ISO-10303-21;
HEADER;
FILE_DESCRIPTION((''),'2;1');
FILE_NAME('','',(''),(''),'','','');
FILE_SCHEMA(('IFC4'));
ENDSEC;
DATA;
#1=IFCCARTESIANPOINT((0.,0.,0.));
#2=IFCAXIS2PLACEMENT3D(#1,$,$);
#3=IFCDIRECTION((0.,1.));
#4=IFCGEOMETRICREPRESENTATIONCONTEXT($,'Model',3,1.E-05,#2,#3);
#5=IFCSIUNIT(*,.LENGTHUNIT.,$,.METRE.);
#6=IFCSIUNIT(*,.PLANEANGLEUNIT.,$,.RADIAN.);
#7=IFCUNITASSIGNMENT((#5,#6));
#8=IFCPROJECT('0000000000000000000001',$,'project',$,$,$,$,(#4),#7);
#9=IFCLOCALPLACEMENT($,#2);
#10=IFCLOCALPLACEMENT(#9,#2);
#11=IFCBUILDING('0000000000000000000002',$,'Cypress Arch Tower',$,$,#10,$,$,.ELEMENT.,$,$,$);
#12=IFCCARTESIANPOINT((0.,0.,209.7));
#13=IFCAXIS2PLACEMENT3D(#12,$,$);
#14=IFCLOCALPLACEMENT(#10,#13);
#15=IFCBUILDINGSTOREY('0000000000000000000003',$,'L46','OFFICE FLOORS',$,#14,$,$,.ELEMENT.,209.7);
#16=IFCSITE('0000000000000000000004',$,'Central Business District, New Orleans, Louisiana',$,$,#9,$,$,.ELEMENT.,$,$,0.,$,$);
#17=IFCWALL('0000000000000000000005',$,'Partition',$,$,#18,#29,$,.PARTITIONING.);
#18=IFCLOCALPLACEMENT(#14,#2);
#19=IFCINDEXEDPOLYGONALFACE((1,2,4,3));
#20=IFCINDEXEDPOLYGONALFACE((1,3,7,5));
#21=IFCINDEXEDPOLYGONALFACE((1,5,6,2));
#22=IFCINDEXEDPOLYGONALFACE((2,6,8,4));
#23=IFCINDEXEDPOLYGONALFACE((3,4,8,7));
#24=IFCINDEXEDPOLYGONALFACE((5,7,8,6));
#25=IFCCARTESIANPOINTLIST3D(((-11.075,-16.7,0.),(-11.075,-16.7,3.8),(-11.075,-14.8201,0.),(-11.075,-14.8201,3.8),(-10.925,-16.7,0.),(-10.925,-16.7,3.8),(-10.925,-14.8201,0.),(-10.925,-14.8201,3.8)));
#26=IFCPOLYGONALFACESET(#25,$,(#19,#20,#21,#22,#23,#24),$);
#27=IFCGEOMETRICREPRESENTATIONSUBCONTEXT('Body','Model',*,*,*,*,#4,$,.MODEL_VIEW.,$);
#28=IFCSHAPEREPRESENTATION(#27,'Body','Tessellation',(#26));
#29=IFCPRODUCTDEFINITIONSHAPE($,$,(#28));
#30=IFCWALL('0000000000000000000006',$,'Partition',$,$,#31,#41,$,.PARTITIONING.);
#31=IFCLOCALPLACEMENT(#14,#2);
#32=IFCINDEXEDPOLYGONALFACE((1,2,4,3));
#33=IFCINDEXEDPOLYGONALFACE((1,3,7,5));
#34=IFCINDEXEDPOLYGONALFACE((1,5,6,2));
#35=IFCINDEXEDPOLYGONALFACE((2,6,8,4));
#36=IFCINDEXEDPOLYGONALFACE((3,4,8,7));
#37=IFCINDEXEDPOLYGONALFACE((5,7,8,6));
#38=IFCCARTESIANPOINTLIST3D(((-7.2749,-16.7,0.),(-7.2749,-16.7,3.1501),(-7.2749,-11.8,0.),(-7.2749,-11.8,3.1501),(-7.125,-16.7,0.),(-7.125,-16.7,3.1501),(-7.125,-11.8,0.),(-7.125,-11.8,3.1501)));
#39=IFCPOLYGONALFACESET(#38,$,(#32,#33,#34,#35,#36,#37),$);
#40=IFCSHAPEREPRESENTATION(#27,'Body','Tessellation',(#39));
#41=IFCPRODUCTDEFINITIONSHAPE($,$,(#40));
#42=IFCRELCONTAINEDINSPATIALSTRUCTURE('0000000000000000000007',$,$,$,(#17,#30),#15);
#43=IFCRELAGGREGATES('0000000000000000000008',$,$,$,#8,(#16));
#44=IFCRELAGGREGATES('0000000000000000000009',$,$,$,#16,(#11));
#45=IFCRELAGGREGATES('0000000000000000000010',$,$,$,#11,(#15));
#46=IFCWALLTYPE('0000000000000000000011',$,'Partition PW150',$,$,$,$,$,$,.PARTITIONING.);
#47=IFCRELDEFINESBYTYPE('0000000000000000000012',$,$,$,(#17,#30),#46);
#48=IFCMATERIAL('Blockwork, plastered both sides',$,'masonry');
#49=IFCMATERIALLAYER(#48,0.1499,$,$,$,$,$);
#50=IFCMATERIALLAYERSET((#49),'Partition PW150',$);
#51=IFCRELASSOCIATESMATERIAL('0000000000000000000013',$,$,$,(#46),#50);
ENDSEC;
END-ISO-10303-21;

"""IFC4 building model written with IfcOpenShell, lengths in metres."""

from ifc_helpers import new_model, si_unit, direction, frame, frame_2d, origin, place, context, subcontext, project, spatial, rectangle, extrude, material, layer, layer_set, type_object, element, save


model = new_model("IFC4")

# Units and contexts
model_context = context("Model", 3, precision=1e-05, world=origin(), true_north=direction((0.0, 1.0)))
body_context = subcontext(model_context, "Body", "Model", "MODEL_VIEW")
ifc_project = project(units=[si_unit("LENGTHUNIT", "METRE"), si_unit("PLANEANGLEUNIT", "RADIAN")], contexts=[model_context])

# Site, building, storey
site_placement = place(None, origin())
site = spatial("IfcSite", under=ifc_project, at=site_placement, Name="Central Business District, New Orleans, Louisiana", CompositionType="ELEMENT", RefElevation=0.0)
building_placement = place(site_placement, origin())
building = spatial("IfcBuilding", under=site, at=building_placement, Name="Cypress Arch Tower", CompositionType="ELEMENT")
storey_placement = place(building_placement, frame((0.0, 0.0, 209.7)))
storey = spatial("IfcBuildingStorey", under=building, at=storey_placement, Name="L46", Description="OFFICE FLOORS", CompositionType="ELEMENT", Elevation=209.7)

# Walls
ifc_material_1 = material(Name="Blockwork, plastered both sides", Category="masonry")
ifc_layer_1 = layer(ifc_material_1, 0.1499)
ifc_layer_set_1 = layer_set([ifc_layer_1], Name="Partition PW150")
wall_type_1 = type_object("IfcWallType", Name="Partition PW150", PredefinedType="PARTITIONING", material=ifc_layer_set_1)
wall_1_placement = place(storey_placement, frame((-11.0, -16.7, 0.0), z_axis=(0.0, 0.0, 1.0), x_axis=(0.0, 1.0, 0.0)))
element("IfcWall", 1, at=wall_1_placement, inside=storey, type_object=wall_type_1, Name="Partition", PredefinedType="PARTITIONING", context=body_context, shape_type="SweptSolid", body=[
    extrude(rectangle(XDim=1.8799, YDim=0.1499, at=frame_2d((0.9399, 0.0))), origin(), (0.0, 0.0, 1.0), 3.8),
])
wall_2_placement = place(storey_placement, frame((-7.2, -16.7, 0.0), z_axis=(0.0, 0.0, 1.0), x_axis=(0.0, 1.0, 0.0)))
element("IfcWall", 2, at=wall_2_placement, inside=storey, type_object=wall_type_1, Name="Partition", PredefinedType="PARTITIONING", context=body_context, shape_type="SweptSolid", body=[
    extrude(rectangle(XDim=4.8999, YDim=0.1499, at=frame_2d((2.45, 0.0))), origin(), (0.0, 0.0, 1.0), 3.1501),
])

save(model, "model.ifc")
